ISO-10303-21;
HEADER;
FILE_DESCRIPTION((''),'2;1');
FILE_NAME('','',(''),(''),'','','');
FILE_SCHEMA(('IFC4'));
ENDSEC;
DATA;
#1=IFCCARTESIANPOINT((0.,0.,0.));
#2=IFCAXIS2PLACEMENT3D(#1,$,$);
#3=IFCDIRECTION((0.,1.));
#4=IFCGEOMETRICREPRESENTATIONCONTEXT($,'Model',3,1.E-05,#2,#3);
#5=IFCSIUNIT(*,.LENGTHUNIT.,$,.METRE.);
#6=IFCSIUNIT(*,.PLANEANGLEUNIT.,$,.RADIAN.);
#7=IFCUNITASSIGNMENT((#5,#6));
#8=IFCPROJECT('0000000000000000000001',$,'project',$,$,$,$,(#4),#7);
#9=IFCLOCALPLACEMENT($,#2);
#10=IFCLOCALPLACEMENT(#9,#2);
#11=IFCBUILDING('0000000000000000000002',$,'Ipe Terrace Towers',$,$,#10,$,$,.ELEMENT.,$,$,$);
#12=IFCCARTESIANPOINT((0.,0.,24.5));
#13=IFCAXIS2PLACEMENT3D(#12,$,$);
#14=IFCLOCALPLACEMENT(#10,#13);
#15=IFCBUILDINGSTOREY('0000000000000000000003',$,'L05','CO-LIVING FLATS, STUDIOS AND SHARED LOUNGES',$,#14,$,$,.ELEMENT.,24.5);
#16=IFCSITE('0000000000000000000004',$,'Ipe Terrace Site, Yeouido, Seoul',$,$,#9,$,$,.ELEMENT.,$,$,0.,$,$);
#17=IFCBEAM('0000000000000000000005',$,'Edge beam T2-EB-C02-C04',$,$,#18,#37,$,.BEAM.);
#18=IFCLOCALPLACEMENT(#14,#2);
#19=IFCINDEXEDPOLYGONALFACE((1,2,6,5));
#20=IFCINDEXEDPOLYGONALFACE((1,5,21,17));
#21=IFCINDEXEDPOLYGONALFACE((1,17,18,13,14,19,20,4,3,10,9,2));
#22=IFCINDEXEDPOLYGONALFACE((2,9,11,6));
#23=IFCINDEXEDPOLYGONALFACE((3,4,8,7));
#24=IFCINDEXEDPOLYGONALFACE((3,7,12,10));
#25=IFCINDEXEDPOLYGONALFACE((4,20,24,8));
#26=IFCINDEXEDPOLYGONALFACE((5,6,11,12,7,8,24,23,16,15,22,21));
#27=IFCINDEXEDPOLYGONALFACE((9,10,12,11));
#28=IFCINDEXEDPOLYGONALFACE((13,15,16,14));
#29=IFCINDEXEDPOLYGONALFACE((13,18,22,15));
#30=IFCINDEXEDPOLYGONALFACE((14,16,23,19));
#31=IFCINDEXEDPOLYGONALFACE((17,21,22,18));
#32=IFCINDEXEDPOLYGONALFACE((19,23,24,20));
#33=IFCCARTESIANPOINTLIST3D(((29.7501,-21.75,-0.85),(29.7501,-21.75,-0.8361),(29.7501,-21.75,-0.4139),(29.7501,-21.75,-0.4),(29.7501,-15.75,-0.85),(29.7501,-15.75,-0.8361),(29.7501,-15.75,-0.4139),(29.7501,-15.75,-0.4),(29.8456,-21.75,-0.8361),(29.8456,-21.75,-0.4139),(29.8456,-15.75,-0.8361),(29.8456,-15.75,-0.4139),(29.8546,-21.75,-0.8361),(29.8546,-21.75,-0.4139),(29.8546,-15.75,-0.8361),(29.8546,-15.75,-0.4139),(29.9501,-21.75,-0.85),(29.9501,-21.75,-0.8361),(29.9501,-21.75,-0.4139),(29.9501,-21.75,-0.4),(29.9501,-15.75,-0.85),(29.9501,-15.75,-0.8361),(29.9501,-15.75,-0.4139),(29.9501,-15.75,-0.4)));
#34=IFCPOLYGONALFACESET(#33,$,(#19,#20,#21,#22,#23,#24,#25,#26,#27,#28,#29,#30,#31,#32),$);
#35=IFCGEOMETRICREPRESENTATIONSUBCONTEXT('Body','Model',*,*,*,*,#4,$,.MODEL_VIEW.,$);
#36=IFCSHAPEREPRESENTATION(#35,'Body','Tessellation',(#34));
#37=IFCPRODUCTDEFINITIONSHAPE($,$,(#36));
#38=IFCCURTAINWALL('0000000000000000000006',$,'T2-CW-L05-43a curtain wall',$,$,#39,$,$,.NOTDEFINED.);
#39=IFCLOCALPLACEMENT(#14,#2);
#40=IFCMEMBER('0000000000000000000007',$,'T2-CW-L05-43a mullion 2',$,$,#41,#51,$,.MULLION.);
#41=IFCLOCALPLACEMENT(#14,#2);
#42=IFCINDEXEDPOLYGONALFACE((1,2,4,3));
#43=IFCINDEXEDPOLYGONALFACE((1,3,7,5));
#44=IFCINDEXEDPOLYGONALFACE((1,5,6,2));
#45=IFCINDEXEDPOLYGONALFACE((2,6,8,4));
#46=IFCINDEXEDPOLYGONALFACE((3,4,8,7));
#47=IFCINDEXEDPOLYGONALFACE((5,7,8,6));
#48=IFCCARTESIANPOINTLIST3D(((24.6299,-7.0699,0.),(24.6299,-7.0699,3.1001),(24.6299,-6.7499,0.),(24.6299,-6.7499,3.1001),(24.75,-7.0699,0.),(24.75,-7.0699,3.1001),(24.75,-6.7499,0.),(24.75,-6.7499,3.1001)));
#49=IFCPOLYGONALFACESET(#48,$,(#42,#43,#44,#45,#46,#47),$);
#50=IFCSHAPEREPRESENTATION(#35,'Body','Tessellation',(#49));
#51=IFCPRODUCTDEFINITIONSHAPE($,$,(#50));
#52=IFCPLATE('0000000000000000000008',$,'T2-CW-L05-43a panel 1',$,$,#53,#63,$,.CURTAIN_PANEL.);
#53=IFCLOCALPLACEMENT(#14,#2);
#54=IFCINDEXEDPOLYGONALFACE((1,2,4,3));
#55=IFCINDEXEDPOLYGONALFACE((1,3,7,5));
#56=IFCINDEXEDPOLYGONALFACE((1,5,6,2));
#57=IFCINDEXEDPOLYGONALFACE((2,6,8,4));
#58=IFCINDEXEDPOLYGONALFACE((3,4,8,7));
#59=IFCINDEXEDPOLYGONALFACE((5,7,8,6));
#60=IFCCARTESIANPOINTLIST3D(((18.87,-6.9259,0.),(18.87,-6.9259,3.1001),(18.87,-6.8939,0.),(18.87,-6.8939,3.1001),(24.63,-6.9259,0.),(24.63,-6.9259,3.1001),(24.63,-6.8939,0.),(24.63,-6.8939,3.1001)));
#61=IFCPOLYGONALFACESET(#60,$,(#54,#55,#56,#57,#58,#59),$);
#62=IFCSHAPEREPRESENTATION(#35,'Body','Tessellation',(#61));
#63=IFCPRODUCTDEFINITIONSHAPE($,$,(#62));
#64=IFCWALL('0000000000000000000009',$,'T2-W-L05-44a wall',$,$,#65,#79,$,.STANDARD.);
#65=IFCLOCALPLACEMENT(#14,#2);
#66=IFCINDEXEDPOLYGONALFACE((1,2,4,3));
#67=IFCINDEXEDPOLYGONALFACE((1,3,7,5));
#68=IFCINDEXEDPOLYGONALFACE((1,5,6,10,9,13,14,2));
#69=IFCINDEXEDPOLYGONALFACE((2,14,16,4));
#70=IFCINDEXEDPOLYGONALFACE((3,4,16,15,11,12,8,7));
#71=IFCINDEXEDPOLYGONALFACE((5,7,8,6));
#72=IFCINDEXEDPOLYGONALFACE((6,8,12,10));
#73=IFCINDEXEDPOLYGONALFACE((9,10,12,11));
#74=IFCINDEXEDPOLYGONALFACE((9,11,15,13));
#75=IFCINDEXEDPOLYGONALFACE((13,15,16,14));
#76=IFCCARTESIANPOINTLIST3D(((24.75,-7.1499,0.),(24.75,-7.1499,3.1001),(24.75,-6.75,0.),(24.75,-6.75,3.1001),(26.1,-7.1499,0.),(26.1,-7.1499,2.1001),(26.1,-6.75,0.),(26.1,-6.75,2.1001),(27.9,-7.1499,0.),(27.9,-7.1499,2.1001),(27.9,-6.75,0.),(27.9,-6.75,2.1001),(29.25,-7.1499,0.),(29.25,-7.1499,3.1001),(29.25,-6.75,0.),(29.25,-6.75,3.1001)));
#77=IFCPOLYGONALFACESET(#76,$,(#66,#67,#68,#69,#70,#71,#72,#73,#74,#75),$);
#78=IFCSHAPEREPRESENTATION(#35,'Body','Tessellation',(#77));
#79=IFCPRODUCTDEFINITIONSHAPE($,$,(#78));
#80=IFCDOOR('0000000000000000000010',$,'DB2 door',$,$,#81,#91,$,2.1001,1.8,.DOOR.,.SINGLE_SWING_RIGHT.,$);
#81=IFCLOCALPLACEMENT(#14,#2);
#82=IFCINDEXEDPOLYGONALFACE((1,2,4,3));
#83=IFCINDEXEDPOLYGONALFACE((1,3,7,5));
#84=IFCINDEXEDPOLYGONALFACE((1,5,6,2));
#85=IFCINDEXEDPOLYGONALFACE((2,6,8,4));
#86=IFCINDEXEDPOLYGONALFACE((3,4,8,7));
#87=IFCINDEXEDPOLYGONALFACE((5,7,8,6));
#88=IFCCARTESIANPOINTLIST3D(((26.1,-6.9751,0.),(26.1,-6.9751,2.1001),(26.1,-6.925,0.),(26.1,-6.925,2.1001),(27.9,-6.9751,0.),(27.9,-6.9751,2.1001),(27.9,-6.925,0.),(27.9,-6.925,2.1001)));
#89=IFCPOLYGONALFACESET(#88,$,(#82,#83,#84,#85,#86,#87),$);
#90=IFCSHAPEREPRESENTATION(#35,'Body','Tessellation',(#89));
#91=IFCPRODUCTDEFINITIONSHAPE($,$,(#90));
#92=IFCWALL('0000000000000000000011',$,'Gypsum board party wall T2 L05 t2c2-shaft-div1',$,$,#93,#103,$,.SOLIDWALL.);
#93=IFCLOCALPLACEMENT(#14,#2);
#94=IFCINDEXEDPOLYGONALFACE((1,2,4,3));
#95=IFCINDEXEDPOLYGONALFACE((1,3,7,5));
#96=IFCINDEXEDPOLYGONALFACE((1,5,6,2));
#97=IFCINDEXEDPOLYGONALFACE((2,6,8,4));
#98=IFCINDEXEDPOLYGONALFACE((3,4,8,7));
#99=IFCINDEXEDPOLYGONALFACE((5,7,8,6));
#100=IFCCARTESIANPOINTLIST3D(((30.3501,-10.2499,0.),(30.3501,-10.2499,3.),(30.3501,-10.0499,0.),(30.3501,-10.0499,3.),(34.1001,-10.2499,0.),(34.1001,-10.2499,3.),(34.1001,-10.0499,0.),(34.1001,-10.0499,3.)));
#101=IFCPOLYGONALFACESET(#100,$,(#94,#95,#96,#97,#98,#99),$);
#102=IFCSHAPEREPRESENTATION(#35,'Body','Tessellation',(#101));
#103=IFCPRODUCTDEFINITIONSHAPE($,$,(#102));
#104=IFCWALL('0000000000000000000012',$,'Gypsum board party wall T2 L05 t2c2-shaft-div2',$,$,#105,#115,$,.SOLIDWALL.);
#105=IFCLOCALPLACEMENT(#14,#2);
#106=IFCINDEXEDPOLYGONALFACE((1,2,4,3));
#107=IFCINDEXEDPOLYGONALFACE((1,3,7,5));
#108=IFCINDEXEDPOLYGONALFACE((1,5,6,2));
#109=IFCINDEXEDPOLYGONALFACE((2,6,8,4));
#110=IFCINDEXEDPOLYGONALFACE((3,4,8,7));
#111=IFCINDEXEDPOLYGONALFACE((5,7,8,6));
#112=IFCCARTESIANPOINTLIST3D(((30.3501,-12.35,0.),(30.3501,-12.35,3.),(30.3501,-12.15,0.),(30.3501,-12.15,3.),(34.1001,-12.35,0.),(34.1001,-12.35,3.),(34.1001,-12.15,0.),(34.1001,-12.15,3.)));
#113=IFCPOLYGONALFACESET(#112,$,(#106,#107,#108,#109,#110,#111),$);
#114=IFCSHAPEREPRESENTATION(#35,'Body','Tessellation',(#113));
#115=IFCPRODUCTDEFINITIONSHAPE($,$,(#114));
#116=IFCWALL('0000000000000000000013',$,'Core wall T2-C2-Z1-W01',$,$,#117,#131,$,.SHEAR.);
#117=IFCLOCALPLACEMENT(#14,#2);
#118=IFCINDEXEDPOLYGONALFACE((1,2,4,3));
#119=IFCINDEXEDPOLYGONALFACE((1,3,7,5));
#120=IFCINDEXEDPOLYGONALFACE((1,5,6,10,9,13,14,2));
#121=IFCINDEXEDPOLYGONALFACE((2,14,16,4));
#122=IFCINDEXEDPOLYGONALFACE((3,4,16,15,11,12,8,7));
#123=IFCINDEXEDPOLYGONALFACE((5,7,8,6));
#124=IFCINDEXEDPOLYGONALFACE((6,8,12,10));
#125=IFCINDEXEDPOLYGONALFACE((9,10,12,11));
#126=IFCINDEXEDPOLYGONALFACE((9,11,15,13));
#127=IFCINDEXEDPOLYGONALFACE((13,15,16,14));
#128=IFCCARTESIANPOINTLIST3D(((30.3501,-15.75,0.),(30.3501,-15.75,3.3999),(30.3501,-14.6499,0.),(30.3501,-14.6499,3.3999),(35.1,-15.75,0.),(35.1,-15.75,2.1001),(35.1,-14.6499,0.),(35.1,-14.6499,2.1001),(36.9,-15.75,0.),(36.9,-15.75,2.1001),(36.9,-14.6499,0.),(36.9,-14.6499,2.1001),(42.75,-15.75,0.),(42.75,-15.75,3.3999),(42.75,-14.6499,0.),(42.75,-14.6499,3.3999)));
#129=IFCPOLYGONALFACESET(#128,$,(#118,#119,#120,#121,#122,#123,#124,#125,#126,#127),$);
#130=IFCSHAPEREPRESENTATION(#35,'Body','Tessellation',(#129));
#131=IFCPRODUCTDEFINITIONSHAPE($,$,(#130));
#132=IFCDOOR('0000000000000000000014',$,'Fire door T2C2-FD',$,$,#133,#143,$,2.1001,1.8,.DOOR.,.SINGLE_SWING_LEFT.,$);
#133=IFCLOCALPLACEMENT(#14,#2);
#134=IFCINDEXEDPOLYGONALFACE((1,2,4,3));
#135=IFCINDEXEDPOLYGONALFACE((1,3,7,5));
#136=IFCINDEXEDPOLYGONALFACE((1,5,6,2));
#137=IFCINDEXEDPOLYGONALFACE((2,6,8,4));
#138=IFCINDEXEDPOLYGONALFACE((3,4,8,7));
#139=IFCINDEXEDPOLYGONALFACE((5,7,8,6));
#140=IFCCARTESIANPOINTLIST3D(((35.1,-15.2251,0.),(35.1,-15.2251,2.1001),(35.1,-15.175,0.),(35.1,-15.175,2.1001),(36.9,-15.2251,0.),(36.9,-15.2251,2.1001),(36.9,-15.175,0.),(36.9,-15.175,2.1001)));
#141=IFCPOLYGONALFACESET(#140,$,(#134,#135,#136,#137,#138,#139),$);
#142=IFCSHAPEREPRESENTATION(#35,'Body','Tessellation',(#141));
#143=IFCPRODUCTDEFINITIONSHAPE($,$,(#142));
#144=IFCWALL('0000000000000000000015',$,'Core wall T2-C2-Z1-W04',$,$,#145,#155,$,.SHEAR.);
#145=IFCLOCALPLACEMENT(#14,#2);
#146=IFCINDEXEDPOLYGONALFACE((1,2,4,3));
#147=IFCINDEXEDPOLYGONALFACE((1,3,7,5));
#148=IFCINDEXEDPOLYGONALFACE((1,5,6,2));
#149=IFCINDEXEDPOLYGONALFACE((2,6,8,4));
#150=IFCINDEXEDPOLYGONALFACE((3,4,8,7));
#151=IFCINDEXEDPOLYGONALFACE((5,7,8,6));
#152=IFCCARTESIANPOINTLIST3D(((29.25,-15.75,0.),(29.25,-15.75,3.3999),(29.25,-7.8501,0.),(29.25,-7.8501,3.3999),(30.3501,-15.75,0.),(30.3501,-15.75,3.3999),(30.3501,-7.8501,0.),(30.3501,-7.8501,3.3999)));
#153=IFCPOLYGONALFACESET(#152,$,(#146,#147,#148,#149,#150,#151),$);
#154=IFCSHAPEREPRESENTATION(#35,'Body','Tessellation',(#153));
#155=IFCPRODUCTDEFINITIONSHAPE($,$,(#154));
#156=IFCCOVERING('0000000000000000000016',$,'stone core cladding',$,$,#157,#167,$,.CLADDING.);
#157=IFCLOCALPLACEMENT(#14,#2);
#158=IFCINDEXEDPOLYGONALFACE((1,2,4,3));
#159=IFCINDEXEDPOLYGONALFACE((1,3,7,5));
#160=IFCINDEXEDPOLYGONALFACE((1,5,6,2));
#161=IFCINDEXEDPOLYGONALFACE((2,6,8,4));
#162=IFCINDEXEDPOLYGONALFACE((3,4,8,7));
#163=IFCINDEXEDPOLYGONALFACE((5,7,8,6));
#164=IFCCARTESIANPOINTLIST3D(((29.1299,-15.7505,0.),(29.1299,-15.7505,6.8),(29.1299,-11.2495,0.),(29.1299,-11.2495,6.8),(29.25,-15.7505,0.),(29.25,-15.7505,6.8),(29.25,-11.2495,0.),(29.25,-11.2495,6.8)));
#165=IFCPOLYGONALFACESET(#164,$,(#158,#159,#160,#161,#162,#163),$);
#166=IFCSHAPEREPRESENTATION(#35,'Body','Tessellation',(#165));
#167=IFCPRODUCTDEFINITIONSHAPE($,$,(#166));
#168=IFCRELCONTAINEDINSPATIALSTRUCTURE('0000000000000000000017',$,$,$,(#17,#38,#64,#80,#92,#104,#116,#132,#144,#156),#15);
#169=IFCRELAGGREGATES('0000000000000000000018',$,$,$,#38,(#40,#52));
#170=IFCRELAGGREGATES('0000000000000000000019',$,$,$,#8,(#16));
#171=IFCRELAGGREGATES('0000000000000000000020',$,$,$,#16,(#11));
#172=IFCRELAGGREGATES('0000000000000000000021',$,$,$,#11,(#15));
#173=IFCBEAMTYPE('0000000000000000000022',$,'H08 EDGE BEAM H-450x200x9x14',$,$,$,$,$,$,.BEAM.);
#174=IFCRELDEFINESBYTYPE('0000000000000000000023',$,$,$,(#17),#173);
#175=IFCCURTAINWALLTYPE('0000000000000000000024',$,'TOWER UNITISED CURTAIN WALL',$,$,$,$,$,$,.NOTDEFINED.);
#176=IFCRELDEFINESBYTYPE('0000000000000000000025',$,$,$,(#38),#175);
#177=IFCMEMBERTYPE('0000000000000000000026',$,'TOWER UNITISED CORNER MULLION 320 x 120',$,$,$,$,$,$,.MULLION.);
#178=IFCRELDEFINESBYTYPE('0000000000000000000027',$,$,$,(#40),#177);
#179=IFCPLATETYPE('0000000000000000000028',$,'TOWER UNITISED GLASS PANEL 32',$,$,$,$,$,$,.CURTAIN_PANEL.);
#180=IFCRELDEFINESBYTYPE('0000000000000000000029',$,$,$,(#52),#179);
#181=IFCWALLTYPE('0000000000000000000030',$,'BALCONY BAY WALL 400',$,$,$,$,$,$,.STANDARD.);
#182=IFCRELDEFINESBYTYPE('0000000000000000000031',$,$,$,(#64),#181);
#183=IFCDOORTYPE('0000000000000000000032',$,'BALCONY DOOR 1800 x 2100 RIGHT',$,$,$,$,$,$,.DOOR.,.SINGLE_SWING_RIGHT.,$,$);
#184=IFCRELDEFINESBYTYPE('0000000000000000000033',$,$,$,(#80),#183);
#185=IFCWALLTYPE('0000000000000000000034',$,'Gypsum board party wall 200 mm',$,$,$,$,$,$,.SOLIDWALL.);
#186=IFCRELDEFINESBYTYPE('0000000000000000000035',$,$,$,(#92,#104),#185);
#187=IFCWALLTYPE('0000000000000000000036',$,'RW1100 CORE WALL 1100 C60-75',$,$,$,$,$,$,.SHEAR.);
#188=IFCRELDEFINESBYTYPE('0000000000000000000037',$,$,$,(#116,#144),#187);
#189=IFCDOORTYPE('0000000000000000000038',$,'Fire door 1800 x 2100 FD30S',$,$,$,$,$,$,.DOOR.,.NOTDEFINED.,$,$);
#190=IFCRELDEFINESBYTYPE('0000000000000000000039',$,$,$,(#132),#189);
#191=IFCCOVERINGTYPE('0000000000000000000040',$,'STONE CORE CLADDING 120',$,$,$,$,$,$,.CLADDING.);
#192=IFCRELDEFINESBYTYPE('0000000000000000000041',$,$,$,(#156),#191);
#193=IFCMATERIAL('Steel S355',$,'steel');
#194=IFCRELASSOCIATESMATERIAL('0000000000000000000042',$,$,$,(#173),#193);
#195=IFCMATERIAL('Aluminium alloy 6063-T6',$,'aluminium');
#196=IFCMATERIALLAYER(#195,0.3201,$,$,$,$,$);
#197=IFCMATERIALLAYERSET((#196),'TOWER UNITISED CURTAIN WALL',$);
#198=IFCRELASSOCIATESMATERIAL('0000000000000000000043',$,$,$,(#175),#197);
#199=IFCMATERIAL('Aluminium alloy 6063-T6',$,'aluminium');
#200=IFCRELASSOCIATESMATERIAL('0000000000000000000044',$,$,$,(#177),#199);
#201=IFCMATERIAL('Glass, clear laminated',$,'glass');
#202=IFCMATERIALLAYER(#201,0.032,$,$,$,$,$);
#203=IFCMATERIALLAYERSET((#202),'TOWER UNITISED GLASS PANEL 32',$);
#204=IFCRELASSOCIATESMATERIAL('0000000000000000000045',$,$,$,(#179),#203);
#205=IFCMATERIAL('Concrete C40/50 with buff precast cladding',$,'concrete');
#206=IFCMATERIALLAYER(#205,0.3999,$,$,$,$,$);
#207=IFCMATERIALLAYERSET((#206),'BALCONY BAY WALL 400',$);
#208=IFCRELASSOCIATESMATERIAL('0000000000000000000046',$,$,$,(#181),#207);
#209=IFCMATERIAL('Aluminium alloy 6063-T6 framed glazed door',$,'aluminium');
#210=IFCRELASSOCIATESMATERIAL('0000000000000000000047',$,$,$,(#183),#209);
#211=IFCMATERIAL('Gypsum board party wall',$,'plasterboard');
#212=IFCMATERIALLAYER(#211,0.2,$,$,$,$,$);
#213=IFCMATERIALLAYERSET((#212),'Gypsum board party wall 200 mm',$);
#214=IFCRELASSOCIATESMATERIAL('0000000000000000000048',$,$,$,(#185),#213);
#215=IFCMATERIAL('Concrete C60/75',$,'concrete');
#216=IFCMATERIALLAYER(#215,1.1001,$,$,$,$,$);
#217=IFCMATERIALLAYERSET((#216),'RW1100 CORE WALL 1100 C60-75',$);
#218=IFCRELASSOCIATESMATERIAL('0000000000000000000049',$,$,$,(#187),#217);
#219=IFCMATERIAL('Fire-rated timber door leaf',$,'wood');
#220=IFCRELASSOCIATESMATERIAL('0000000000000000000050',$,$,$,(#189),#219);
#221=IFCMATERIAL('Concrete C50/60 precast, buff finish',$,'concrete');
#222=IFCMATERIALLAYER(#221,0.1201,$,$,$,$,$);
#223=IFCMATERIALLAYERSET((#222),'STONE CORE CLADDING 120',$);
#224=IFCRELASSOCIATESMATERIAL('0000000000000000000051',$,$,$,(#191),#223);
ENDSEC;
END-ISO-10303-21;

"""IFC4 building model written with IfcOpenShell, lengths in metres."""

from ifc_helpers import new_model, si_unit, direction, frame, frame_2d, origin, origin_2d, place, context, subcontext, project, spatial, rectangle, i_section, extrude, material, layer, layer_set, material_profile, profile_set, type_object, element, fill, aggregate, save


model = new_model("IFC4")

# Units and contexts
model_context = context("Model", 3, precision=1e-05, world=origin(), true_north=direction((0.0, 1.0)))
body_context = subcontext(model_context, "Body", "Model", "MODEL_VIEW")
ifc_project = project(units=[si_unit("LENGTHUNIT", "METRE"), si_unit("PLANEANGLEUNIT", "RADIAN")], contexts=[model_context])

# Site, building, storey
site_placement = place(None, origin())
site = spatial("IfcSite", under=ifc_project, at=site_placement, Name="Ipe Terrace Site, Yeouido, Seoul", CompositionType="ELEMENT", RefElevation=0.0)
building_placement = place(site_placement, origin())
building = spatial("IfcBuilding", under=site, at=building_placement, Name="Ipe Terrace Towers", CompositionType="ELEMENT")
storey_placement = place(building_placement, frame((0.0, 0.0, 24.5)))
storey = spatial("IfcBuildingStorey", under=building, at=storey_placement, Name="L05", Description="CO-LIVING FLATS, STUDIOS AND SHARED LOUNGES", CompositionType="ELEMENT", Elevation=24.5)

# Beam
ifc_material_1 = material(Name="Steel S355", Category="steel")
ifc_material_profile_1 = material_profile(ifc_material_1, i_section(OverallWidth=0.2, OverallDepth=0.45, WebThickness=0.009, FlangeThickness=0.0139, at=origin_2d()), Name="H-450x200x9x14")
ifc_profile_set_1 = profile_set([ifc_material_profile_1], Name="Steel S355")
beam_type = type_object("IfcBeamType", Name="H08 EDGE BEAM H-450x200x9x14", PredefinedType="BEAM", material=ifc_profile_set_1)
beam_placement = place(storey_placement, frame((29.8501, -15.75, -0.625), z_axis=(0.0, -1.0, 0.0), x_axis=(1.0, 0.0, 0.0)))
element("IfcBeam", 1, at=beam_placement, inside=storey, type_object=beam_type, Name="Edge beam T2-EB-C02-C04", PredefinedType="BEAM", context=body_context, shape_type="SweptSolid", body=[
    extrude(i_section(OverallWidth=0.2, OverallDepth=0.45, WebThickness=0.009, FlangeThickness=0.0139, at=origin_2d()), origin(), (0.0, 0.0, 1.0), 6.0),
])

# Curtain wall, member, plate
ifc_material_2 = material(Name="Aluminium alloy 6063-T6", Category="aluminium")
ifc_layer_1 = layer(ifc_material_2, 0.3201)
ifc_layer_set_1 = layer_set([ifc_layer_1], Name="TOWER UNITISED CURTAIN WALL")
curtain_wall_type = type_object("IfcCurtainWallType", Name="TOWER UNITISED CURTAIN WALL", PredefinedType="NOTDEFINED", material=ifc_layer_set_1)
curtain_wall_placement = place(storey_placement, origin())
curtain_wall = element("IfcCurtainWall", 2, at=curtain_wall_placement, inside=storey, type_object=curtain_wall_type, Name="T2-CW-L05-43a curtain wall", PredefinedType="NOTDEFINED")
ifc_material_3 = material(Name="Aluminium alloy 6063-T6", Category="aluminium")
ifc_material_profile_2 = material_profile(ifc_material_3, rectangle(XDim=0.3201, YDim=0.1201, at=origin_2d()), Name="TOWER UNITISED CORNER MULLION 320 x 120")
ifc_profile_set_2 = profile_set([ifc_material_profile_2], Name="Aluminium alloy 6063-T6")
member_type = type_object("IfcMemberType", Name="TOWER UNITISED CORNER MULLION 320 x 120", PredefinedType="MULLION", material=ifc_profile_set_2)
member_placement = place(storey_placement, frame((24.6899, -6.9099, 0.0), z_axis=(0.0, 0.0, 1.0), x_axis=(0.0, -1.0, 0.0)))
member = element("IfcMember", 3, at=member_placement, type_object=member_type, Name="T2-CW-L05-43a mullion 2", PredefinedType="MULLION", context=body_context, shape_type="SweptSolid", body=[
    extrude(rectangle(XDim=0.3201, YDim=0.1201, at=origin_2d()), origin(), (0.0, 0.0, 1.0), 3.1001),
])
ifc_material_4 = material(Name="Glass, clear laminated", Category="glass")
ifc_layer_2 = layer(ifc_material_4, 0.032)
ifc_layer_set_2 = layer_set([ifc_layer_2], Name="TOWER UNITISED GLASS PANEL 32")
plate_type = type_object("IfcPlateType", Name="TOWER UNITISED GLASS PANEL 32", PredefinedType="CURTAIN_PANEL", material=ifc_layer_set_2)
plate_placement = place(storey_placement, frame((21.75, -6.9099, 0.0), z_axis=(0.0, 0.0, 1.0), x_axis=(1.0, 0.0, 0.0)))
plate = element("IfcPlate", 4, at=plate_placement, type_object=plate_type, Name="T2-CW-L05-43a panel 1", PredefinedType="CURTAIN_PANEL", context=body_context, shape_type="SweptSolid", body=[
    extrude(rectangle(XDim=5.76, YDim=0.032, at=origin_2d()), origin(), (0.0, 0.0, 1.0), 3.1001),
])
aggregate(curtain_wall, [member, plate])

# Wall, opening, door
ifc_material_5 = material(Name="Concrete C40/50 with buff precast cladding", Category="concrete")
ifc_layer_3 = layer(ifc_material_5, 0.3999)
ifc_layer_set_3 = layer_set([ifc_layer_3], Name="BALCONY BAY WALL 400")
wall_type_1 = type_object("IfcWallType", Name="BALCONY BAY WALL 400", PredefinedType="STANDARD", material=ifc_layer_set_3)
wall_1_placement = place(storey_placement, frame((24.75, -6.95, 0.0), z_axis=(0.0, 0.0, 1.0), x_axis=(1.0, 0.0, 0.0)))
wall_1 = element("IfcWall", 5, at=wall_1_placement, inside=storey, type_object=wall_type_1, Name="T2-W-L05-44a wall", PredefinedType="STANDARD", context=body_context, shape_type="SweptSolid", body=[
    extrude(rectangle(XDim=4.5, YDim=0.3999, at=frame_2d((2.25, 0.0))), origin(), (0.0, 0.0, 1.0), 3.1001),
])
opening_1_placement = place(wall_1_placement, frame((1.3501, 0.0, 0.0)))
opening_1 = element("IfcOpeningElement", 6, at=opening_1_placement, cuts=wall_1, PredefinedType="OPENING", context=body_context, shape_type="SweptSolid", body=[
    extrude(rectangle(XDim=1.8, YDim=2.1001, at=frame_2d((0.8999, 1.05))), frame((0.0, 0.21, 0.0), z_axis=(0.0, -1.0, 0.0), x_axis=(1.0, 0.0, 0.0)), (0.0, 0.0, 1.0), 0.4199),
])
ifc_material_6 = material(Name="Aluminium alloy 6063-T6 framed glazed door", Category="aluminium")
door_type_1 = type_object("IfcDoorType", Name="BALCONY DOOR 1800 x 2100 RIGHT", OperationType="SINGLE_SWING_RIGHT", PredefinedType="DOOR", material=ifc_material_6)
door_1_placement = place(opening_1_placement, origin())
door_1 = element("IfcDoor", 7, at=door_1_placement, inside=storey, type_object=door_type_1, Name="DB2 door", OperationType="SINGLE_SWING_RIGHT", OverallHeight=2.1001, OverallWidth=1.8, PredefinedType="DOOR", context=body_context, shape_type="SweptSolid", body=[
    extrude(rectangle(XDim=1.8, YDim=2.1001, at=frame_2d((0.8999, 1.05))), frame((0.0, 0.0249, 0.0), z_axis=(0.0, -1.0, 0.0), x_axis=(1.0, 0.0, 0.0)), (0.0, 0.0, 1.0), 0.05),
])
fill(opening_1, door_1)

# Walls
ifc_material_7 = material(Name="Gypsum board party wall", Category="plasterboard")
ifc_layer_4 = layer(ifc_material_7, 0.2)
ifc_layer_set_4 = layer_set([ifc_layer_4], Name="Gypsum board party wall 200 mm")
wall_type_2 = type_object("IfcWallType", Name="Gypsum board party wall 200 mm", PredefinedType="SOLIDWALL", material=ifc_layer_set_4)
for number, where, z_axis, x_axis, name in (
    (8, (30.3501, -10.1499, 0.0), (0.0, 0.0, 1.0), (1.0, 0.0, 0.0), "Gypsum board party wall T2 L05 t2c2-shaft-div1"),
    (9, (30.3501, -12.25, 0.0), (0.0, 0.0, 1.0), (1.0, 0.0, 0.0), "Gypsum board party wall T2 L05 t2c2-shaft-div2"),
):
    element("IfcWall", number, at=place(storey_placement, frame(where, z_axis=z_axis, x_axis=x_axis)), inside=storey, type_object=wall_type_2, Name=name, PredefinedType="SOLIDWALL", context=body_context, shape_type="SweptSolid", body=[
        extrude(rectangle(XDim=3.75, YDim=0.2, at=frame_2d((1.875, 0.0))), origin(), (0.0, 0.0, 1.0), 3.0),
    ])

# Wall, opening, door
ifc_material_8 = material(Name="Concrete C60/75", Category="concrete")
ifc_layer_5 = layer(ifc_material_8, 1.1001)
ifc_layer_set_5 = layer_set([ifc_layer_5], Name="RW1100 CORE WALL 1100 C60-75")
wall_type_3 = type_object("IfcWallType", Name="RW1100 CORE WALL 1100 C60-75", PredefinedType="SHEAR", material=ifc_layer_set_5)
wall_2_placement = place(storey_placement, frame((30.3501, -15.2, 0.0), z_axis=(0.0, 0.0, 1.0), x_axis=(1.0, 0.0, 0.0)))
wall_2 = element("IfcWall", 10, at=wall_2_placement, inside=storey, type_object=wall_type_3, Name="Core wall T2-C2-Z1-W01", PredefinedType="SHEAR", context=body_context, shape_type="SweptSolid", body=[
    extrude(rectangle(XDim=12.3999, YDim=1.1001, at=frame_2d((6.2, 0.0))), origin(), (0.0, 0.0, 1.0), 3.3999),
])
opening_2_placement = place(wall_2_placement, frame((4.75, 0.0, 0.0)))
opening_2 = element("IfcOpeningElement", 11, at=opening_2_placement, cuts=wall_2, PredefinedType="OPENING", context=body_context, shape_type="SweptSolid", body=[
    extrude(rectangle(XDim=1.8, YDim=2.1001, at=frame_2d((0.8999, 1.05))), frame((0.0, 0.5601, 0.0), z_axis=(0.0, -1.0, 0.0), x_axis=(1.0, 0.0, 0.0)), (0.0, 0.0, 1.0), 1.1201),
])
ifc_material_9 = material(Name="Fire-rated timber door leaf", Category="wood")
door_type_2 = type_object("IfcDoorType", Name="Fire door 1800 x 2100 FD30S", OperationType="NOTDEFINED", PredefinedType="DOOR", material=ifc_material_9)
door_2_placement = place(opening_2_placement, origin())
door_2 = element("IfcDoor", 12, at=door_2_placement, inside=storey, type_object=door_type_2, Name="Fire door T2C2-FD", OperationType="SINGLE_SWING_LEFT", OverallHeight=2.1001, OverallWidth=1.8, PredefinedType="DOOR", context=body_context, shape_type="SweptSolid", body=[
    extrude(rectangle(XDim=1.8, YDim=2.1001, at=frame_2d((0.8999, 1.05))), frame((0.0, 0.0249, 0.0), z_axis=(0.0, -1.0, 0.0), x_axis=(1.0, 0.0, 0.0)), (0.0, 0.0, 1.0), 0.05),
])
fill(opening_2, door_2)

# Wall
wall_3_placement = place(storey_placement, frame((29.8, -7.8501, 0.0), z_axis=(0.0, 0.0, 1.0), x_axis=(0.0, -1.0, 0.0)))
element("IfcWall", 13, at=wall_3_placement, inside=storey, type_object=wall_type_3, Name="Core wall T2-C2-Z1-W04", PredefinedType="SHEAR", context=body_context, shape_type="SweptSolid", body=[
    extrude(rectangle(XDim=7.8999, YDim=1.1001, at=frame_2d((3.95, 0.0))), origin(), (0.0, 0.0, 1.0), 3.3999),
])

# Covering
ifc_material_10 = material(Name="Concrete C50/60 precast, buff finish", Category="concrete")
ifc_layer_6 = layer(ifc_material_10, 0.1201)
ifc_layer_set_6 = layer_set([ifc_layer_6], Name="STONE CORE CLADDING 120")
covering_type_1 = type_object("IfcCoveringType", Name="STONE CORE CLADDING 120", PredefinedType="CLADDING", material=ifc_layer_set_6)
covering_1_placement = place(storey_placement, frame((29.1899, -13.5, 0.0), z_axis=(0.0, 0.0, 1.0), x_axis=(0.0, -1.0, 0.0)))
element("IfcCovering", 14, at=covering_1_placement, inside=storey, type_object=covering_type_1, Name="stone core cladding", PredefinedType="CLADDING", context=body_context, shape_type="SweptSolid", body=[
    extrude(rectangle(XDim=4.501, YDim=0.1201, at=origin_2d()), origin(), (0.0, 0.0, 1.0), 6.8),
])

save(model, "model.ifc")
